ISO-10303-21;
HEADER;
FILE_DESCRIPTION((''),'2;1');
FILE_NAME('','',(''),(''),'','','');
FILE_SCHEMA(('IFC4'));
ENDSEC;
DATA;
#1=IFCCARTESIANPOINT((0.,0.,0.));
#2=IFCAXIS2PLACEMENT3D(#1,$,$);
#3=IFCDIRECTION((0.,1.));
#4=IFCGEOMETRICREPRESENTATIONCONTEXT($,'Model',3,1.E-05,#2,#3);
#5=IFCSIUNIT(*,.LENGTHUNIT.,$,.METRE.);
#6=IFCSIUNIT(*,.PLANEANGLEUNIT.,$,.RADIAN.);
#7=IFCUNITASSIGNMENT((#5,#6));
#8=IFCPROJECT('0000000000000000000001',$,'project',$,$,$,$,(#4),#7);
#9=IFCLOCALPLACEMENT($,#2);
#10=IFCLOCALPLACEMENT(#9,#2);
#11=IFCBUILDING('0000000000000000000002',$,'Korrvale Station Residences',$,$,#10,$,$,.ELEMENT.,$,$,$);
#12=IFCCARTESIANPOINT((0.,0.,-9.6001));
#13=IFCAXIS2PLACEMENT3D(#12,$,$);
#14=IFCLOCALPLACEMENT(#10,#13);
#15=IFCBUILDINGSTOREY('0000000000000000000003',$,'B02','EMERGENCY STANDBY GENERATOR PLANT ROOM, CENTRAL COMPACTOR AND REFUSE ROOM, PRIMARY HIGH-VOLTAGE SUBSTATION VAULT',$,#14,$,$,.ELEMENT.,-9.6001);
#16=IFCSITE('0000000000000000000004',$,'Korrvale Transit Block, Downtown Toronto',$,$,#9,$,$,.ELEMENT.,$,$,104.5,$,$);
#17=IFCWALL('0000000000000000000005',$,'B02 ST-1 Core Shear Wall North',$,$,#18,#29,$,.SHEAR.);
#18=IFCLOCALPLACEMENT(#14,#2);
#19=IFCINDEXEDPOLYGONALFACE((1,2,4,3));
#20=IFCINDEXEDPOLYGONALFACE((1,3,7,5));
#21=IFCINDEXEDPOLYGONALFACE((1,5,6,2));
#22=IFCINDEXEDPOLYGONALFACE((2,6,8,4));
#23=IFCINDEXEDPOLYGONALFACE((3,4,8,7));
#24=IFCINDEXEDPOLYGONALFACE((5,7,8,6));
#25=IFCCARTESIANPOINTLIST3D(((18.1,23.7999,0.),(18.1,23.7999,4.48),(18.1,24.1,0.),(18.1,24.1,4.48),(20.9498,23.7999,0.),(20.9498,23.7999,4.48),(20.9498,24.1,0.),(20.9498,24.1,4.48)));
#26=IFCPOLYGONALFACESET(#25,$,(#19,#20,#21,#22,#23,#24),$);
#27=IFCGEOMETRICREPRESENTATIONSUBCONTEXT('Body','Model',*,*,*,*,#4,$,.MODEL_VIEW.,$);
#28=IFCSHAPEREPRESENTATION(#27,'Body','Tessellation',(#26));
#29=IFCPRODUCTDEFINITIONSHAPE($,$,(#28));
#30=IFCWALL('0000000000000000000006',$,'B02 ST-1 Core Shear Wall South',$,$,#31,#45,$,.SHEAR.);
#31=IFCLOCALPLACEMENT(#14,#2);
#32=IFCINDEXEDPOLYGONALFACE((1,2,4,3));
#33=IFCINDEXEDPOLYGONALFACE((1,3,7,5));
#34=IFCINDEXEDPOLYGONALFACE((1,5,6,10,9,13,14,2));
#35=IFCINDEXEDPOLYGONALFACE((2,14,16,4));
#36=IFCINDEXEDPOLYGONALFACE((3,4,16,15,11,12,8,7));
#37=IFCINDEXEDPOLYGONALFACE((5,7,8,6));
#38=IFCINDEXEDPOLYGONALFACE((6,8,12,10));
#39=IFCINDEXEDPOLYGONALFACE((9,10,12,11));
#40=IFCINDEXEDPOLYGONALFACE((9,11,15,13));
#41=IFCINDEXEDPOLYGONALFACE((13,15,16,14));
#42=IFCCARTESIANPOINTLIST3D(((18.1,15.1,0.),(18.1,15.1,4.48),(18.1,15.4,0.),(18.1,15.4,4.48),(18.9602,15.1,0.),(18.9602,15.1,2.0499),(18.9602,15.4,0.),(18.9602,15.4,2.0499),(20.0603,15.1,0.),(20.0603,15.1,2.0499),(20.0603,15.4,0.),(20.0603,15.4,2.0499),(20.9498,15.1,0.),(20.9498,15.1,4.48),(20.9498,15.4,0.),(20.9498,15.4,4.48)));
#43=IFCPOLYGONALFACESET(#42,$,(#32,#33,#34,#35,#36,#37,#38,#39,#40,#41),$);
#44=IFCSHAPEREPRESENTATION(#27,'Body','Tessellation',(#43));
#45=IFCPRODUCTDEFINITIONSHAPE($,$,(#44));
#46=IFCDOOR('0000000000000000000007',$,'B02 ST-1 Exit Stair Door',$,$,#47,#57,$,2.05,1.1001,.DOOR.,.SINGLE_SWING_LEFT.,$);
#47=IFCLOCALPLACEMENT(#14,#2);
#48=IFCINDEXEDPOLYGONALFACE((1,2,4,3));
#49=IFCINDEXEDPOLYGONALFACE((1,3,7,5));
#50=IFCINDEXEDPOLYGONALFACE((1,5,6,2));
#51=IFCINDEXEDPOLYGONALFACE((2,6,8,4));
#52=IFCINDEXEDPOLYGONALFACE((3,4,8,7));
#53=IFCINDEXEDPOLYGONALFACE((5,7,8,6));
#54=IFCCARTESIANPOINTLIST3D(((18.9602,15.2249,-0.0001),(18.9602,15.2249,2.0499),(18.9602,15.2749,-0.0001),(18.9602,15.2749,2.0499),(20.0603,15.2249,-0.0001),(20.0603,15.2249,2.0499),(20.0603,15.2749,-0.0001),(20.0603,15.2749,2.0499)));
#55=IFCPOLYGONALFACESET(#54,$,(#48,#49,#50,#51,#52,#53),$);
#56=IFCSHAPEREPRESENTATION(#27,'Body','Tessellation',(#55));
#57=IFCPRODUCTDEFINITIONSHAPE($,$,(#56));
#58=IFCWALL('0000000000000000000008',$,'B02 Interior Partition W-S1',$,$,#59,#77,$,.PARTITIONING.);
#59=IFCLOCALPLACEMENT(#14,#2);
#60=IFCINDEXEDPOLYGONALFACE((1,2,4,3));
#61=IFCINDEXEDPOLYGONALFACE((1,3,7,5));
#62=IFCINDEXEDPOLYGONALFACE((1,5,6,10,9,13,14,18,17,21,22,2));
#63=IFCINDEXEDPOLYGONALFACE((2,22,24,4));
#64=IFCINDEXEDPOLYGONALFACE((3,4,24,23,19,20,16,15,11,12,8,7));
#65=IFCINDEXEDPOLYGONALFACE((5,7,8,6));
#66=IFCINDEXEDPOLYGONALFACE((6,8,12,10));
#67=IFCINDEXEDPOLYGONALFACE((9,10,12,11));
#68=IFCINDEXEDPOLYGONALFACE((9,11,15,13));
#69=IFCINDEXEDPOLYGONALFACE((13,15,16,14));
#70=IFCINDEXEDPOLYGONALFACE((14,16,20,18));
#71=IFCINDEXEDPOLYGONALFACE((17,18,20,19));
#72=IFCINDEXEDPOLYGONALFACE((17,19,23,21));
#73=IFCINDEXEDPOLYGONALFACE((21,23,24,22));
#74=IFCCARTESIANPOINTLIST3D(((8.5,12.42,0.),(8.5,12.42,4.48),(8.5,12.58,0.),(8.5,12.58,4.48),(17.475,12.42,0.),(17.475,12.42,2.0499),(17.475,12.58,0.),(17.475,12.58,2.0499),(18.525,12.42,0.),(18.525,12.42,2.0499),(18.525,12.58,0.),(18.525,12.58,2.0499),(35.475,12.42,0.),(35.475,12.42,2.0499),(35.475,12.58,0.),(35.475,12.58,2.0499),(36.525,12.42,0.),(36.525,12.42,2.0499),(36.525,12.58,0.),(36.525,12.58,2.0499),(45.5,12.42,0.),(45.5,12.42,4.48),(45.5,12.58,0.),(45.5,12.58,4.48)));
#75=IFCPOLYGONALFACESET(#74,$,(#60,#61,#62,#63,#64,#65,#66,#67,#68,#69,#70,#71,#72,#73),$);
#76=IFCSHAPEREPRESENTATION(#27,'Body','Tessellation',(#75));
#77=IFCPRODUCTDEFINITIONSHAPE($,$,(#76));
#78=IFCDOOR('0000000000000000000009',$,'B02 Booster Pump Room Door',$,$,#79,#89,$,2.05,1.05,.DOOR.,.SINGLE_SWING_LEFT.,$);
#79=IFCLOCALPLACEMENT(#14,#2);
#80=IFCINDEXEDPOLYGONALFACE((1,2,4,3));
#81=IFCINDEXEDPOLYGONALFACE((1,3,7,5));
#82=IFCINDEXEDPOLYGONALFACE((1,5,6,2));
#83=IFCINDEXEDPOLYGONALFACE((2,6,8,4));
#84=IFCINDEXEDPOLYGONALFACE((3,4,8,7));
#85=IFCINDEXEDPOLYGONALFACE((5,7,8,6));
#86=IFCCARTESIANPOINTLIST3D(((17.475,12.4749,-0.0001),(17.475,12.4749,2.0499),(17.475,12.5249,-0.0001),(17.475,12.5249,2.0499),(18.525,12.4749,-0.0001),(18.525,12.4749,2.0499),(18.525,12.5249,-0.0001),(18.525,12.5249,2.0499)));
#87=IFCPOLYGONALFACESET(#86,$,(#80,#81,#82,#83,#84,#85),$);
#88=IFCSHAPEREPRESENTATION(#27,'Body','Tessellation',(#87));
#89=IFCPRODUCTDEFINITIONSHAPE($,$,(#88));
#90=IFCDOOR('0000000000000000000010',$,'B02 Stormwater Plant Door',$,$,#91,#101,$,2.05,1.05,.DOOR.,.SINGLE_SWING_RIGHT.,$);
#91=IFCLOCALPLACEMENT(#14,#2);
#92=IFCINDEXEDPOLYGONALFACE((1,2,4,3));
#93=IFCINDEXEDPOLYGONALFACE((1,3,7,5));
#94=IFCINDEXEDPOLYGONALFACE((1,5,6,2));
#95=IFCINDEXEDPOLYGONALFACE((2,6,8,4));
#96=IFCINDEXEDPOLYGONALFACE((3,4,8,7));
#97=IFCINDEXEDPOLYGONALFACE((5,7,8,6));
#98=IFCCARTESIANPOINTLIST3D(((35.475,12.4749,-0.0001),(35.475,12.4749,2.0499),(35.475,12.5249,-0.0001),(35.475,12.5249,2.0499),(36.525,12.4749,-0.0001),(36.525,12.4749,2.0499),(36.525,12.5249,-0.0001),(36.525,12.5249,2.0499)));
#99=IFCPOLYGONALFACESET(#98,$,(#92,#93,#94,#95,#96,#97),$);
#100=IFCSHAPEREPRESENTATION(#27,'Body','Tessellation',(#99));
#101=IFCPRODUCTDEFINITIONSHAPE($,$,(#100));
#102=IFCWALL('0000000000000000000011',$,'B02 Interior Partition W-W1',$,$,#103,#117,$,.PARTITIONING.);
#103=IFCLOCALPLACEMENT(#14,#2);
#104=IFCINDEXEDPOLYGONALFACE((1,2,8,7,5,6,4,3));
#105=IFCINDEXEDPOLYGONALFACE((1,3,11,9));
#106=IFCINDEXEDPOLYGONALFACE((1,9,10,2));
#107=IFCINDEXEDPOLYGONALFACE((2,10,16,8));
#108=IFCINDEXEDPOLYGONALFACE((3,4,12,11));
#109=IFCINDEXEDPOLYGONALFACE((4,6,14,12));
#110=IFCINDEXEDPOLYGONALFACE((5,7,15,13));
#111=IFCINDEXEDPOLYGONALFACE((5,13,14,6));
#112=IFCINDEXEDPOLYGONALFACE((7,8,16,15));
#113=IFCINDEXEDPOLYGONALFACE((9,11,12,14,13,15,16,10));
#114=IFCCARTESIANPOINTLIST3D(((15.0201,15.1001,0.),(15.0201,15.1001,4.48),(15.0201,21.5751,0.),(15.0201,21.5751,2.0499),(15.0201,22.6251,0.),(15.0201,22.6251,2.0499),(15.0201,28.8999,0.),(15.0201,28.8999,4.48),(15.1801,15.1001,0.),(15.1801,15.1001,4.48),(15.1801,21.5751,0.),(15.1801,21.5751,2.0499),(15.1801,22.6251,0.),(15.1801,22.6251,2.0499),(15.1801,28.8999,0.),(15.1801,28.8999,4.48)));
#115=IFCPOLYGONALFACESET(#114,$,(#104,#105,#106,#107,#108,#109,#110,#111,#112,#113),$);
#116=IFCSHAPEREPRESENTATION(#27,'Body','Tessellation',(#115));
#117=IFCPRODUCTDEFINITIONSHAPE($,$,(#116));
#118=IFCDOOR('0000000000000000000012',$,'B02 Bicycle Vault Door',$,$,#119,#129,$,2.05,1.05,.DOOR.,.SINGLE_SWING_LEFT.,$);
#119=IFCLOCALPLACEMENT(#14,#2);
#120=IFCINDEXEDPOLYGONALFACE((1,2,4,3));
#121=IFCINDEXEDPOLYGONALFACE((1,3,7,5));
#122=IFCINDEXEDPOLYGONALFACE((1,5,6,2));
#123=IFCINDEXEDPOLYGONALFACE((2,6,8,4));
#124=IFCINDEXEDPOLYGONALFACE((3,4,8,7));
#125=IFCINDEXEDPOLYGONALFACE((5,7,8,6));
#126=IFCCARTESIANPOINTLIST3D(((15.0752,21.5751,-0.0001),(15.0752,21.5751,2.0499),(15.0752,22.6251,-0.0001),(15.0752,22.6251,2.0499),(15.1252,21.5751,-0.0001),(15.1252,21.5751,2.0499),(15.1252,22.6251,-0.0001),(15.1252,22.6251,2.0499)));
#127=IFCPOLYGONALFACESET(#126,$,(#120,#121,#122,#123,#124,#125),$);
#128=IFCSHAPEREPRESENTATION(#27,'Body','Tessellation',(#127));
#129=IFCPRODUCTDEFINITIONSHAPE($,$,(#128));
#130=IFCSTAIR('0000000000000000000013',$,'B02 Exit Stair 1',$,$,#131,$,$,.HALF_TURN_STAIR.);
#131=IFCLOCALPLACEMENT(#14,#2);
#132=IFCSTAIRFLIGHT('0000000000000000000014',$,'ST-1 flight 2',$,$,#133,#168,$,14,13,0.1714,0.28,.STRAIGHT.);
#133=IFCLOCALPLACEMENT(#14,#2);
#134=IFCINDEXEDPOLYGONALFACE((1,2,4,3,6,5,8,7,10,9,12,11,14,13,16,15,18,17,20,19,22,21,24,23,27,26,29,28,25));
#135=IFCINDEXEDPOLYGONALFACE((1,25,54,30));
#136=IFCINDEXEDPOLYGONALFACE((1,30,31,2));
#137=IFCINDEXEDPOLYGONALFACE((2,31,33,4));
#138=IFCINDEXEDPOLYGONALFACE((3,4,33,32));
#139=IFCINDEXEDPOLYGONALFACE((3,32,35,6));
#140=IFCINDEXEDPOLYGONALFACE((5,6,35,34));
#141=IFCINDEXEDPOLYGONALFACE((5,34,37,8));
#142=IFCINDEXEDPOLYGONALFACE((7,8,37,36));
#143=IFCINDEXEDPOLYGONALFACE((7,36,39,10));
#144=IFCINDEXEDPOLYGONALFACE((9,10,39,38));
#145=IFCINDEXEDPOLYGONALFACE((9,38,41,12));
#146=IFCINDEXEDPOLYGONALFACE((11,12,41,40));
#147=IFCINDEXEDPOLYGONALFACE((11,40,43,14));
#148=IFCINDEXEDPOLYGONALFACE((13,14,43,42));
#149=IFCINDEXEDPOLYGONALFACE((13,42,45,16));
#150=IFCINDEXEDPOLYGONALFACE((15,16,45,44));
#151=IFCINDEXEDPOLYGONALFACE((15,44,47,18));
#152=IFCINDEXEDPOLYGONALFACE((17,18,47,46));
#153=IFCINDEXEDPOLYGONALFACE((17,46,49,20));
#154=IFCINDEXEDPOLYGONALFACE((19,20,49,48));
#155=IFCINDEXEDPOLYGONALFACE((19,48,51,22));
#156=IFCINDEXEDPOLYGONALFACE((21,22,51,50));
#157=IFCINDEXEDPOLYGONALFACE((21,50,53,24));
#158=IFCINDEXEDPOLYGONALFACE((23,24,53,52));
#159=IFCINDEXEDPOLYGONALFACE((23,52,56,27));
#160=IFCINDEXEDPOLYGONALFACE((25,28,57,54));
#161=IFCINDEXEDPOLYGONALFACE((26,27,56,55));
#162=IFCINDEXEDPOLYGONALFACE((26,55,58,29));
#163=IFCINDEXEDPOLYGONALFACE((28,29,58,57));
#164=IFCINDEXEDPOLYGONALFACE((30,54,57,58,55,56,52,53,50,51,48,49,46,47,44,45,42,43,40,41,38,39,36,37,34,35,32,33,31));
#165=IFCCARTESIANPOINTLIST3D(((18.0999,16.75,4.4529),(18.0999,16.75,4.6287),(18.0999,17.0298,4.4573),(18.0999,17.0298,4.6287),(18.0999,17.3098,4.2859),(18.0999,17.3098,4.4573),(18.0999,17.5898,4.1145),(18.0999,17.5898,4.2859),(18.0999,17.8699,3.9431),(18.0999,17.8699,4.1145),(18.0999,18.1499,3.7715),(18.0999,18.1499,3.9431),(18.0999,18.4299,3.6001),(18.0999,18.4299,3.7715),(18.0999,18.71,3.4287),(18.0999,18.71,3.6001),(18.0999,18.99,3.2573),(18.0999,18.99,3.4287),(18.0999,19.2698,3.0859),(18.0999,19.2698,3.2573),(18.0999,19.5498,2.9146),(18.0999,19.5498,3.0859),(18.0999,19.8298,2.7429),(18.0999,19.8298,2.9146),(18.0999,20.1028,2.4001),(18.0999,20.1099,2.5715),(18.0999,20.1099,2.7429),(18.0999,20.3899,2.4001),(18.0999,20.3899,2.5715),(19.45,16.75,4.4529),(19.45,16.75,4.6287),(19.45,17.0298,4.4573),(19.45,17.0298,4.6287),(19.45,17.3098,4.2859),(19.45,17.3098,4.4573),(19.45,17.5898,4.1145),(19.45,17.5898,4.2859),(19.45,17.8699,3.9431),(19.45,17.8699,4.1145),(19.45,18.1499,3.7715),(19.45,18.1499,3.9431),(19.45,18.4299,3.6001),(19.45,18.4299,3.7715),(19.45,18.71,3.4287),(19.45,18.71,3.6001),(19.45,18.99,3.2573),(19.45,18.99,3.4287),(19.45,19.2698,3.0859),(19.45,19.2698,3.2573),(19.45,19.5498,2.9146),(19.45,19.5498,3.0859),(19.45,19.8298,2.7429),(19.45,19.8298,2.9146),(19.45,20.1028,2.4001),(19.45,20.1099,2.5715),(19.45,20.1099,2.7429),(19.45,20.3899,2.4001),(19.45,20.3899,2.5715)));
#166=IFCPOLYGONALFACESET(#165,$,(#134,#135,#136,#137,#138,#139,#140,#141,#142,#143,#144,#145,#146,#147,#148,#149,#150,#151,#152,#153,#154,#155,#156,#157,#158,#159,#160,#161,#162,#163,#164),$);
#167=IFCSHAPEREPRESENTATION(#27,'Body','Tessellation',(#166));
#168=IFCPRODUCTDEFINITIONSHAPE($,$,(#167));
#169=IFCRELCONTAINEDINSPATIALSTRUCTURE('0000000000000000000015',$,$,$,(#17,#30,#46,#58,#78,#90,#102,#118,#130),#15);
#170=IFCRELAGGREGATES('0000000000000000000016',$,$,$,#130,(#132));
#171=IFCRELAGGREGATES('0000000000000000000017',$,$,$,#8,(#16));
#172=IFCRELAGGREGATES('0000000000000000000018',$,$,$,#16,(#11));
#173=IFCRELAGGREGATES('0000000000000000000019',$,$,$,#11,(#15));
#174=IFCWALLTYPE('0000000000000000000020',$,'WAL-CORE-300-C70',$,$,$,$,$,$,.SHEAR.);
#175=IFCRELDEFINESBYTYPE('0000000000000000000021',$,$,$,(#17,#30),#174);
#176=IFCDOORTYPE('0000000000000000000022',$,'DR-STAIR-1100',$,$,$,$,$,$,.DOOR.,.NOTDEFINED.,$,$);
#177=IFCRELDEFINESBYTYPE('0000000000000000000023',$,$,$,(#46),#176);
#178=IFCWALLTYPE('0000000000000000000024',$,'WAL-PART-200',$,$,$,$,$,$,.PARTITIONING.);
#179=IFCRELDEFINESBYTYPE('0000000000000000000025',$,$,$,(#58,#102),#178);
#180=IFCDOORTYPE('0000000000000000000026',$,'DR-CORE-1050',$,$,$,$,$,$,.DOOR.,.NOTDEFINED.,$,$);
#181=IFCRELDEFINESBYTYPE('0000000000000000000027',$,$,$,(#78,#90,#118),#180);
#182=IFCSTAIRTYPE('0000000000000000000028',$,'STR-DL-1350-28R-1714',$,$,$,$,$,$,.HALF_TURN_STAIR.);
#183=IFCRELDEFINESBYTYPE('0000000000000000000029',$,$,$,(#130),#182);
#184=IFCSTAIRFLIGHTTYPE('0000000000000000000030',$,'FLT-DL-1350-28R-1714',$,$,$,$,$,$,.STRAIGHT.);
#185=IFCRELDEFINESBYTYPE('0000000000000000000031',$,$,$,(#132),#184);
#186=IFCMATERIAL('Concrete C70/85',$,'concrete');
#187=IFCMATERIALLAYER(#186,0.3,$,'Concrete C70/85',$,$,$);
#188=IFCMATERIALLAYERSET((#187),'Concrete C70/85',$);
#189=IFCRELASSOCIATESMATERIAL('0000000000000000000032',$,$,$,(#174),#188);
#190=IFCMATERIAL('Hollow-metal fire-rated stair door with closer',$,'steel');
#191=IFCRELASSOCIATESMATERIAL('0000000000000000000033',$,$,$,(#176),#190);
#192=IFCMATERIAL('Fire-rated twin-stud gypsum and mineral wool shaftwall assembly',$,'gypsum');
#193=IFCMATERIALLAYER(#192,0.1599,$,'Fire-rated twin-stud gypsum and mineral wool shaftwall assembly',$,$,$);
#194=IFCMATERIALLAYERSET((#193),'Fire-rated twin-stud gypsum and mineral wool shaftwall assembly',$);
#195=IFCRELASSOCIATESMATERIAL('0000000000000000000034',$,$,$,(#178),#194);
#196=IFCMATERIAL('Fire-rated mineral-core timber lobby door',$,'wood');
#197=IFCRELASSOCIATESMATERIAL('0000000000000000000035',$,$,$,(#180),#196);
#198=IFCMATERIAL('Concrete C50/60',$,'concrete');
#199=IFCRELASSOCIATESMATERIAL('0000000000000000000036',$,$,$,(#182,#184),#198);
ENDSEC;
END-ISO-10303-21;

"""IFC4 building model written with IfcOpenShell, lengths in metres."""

from ifc_helpers import new_model, si_unit, direction, frame, frame_2d, origin, place, context, subcontext, project, spatial, polyline, rectangle, outline, extrude, material, layer, layer_set, type_object, element, fill, aggregate, save


model = new_model("IFC4")

# Units and contexts
model_context = context("Model", 3, precision=1e-05, world=origin(), true_north=direction((0.0, 1.0)))
body_context = subcontext(model_context, "Body", "Model", "MODEL_VIEW")
ifc_project = project(units=[si_unit("LENGTHUNIT", "METRE"), si_unit("PLANEANGLEUNIT", "RADIAN")], contexts=[model_context])

# Site, building, storey
site_placement = place(None, origin())
site = spatial("IfcSite", under=ifc_project, at=site_placement, Name="Korrvale Transit Block, Downtown Toronto", CompositionType="ELEMENT", RefElevation=104.5)
building_placement = place(site_placement, origin())
building = spatial("IfcBuilding", under=site, at=building_placement, Name="Korrvale Station Residences", CompositionType="ELEMENT")
storey_placement = place(building_placement, frame((0.0, 0.0, -9.6001)))
storey = spatial("IfcBuildingStorey", under=building, at=storey_placement, Name="B02", Description="EMERGENCY STANDBY GENERATOR PLANT ROOM, CENTRAL COMPACTOR AND REFUSE ROOM, PRIMARY HIGH-VOLTAGE SUBSTATION VAULT", CompositionType="ELEMENT", Elevation=-9.6001)

# Shared definitions
ifc_material_1 = material(Name="Concrete C50/60", Category="concrete")

# Shared definitions
ifc_material_2 = material(Name="Concrete C70/85", Category="concrete")

# Wall
ifc_layer_1 = layer(ifc_material_2, 0.3, Name="Concrete C70/85")
ifc_layer_set_1 = layer_set([ifc_layer_1], Name="Concrete C70/85")
wall_type_1 = type_object("IfcWallType", Name="WAL-CORE-300-C70", PredefinedType="SHEAR", material=ifc_layer_set_1)
wall_1_placement = place(storey_placement, frame((18.1001, 23.95, 0.0), z_axis=(0.0, 0.0, 1.0), x_axis=(1.0, 0.0, 0.0)))
element("IfcWall", 1, at=wall_1_placement, inside=storey, type_object=wall_type_1, Name="B02 ST-1 Core Shear Wall North", PredefinedType="SHEAR", context=body_context, shape_type="SweptSolid", body=[
    extrude(rectangle(XDim=2.8499, YDim=0.3, at=frame_2d((1.4248, 0.0))), origin(), (0.0, 0.0, 1.0), 4.48),
])

# Wall, opening, door
wall_2_placement = place(storey_placement, frame((18.1001, 15.25, 0.0), z_axis=(0.0, 0.0, 1.0), x_axis=(1.0, 0.0, 0.0)))
wall_2 = element("IfcWall", 2, at=wall_2_placement, inside=storey, type_object=wall_type_1, Name="B02 ST-1 Core Shear Wall South", PredefinedType="SHEAR", context=body_context, shape_type="SweptSolid", body=[
    extrude(rectangle(XDim=2.8499, YDim=0.3, at=frame_2d((1.4248, 0.0))), origin(), (0.0, 0.0, 1.0), 4.48),
])
opening_1_placement = place(wall_2_placement, frame((0.8601, 0.0, 0.0)))
opening_1 = element("IfcOpeningElement", 3, at=opening_1_placement, cuts=wall_2, PredefinedType="OPENING", context=body_context, shape_type="SweptSolid", body=[
    extrude(rectangle(XDim=1.1001, YDim=2.05, at=frame_2d((0.55, 1.0249))), frame((0.0, 0.1602, 0.0), z_axis=(0.0, -1.0, 0.0), x_axis=(1.0, 0.0, 0.0)), (0.0, 0.0, 1.0), 0.3201),
])
ifc_material_3 = material(Name="Hollow-metal fire-rated stair door with closer", Category="steel")
door_type_1 = type_object("IfcDoorType", Name="DR-STAIR-1100", OperationType="NOTDEFINED", PredefinedType="DOOR", material=ifc_material_3)
door_1_placement = place(opening_1_placement, origin())
door_1 = element("IfcDoor", 4, at=door_1_placement, inside=storey, type_object=door_type_1, Name="B02 ST-1 Exit Stair Door", OperationType="SINGLE_SWING_LEFT", OverallHeight=2.05, OverallWidth=1.1001, PredefinedType="DOOR", context=body_context, shape_type="SweptSolid", body=[
    extrude(rectangle(XDim=1.1001, YDim=2.05, at=frame_2d((0.55, 1.0249))), frame((0.0, 0.0249, 0.0), z_axis=(0.0, -1.0, 0.0), x_axis=(1.0, 0.0, 0.0)), (0.0, 0.0, 1.0), 0.05),
])
fill(opening_1, door_1)

# Wall, openings, doors
ifc_material_4 = material(Name="Fire-rated twin-stud gypsum and mineral wool shaftwall assembly", Category="gypsum")
ifc_layer_2 = layer(ifc_material_4, 0.1599, Name="Fire-rated twin-stud gypsum and mineral wool shaftwall assembly")
ifc_layer_set_2 = layer_set([ifc_layer_2], Name="Fire-rated twin-stud gypsum and mineral wool shaftwall assembly")
wall_type_2 = type_object("IfcWallType", Name="WAL-PART-200", PredefinedType="PARTITIONING", material=ifc_layer_set_2)
wall_3_placement = place(storey_placement, frame((8.5, 12.5, 0.0), z_axis=(0.0, 0.0, 1.0), x_axis=(1.0, 0.0, 0.0)))
wall_3 = element("IfcWall", 5, at=wall_3_placement, inside=storey, type_object=wall_type_2, Name="B02 Interior Partition W-S1", PredefinedType="PARTITIONING", context=body_context, shape_type="SweptSolid", body=[
    extrude(rectangle(XDim=37.0, YDim=0.1599, at=frame_2d((18.5, 0.0))), origin(), (0.0, 0.0, 1.0), 4.48),
])
opening_2_placement = place(wall_3_placement, frame((8.9751, 0.0, 0.0)))
opening_2 = element("IfcOpeningElement", 6, at=opening_2_placement, cuts=wall_3, PredefinedType="OPENING", context=body_context, shape_type="SweptSolid", body=[
    extrude(rectangle(XDim=1.05, YDim=2.05, at=frame_2d((0.5249, 1.0249))), frame((0.0, 0.0898, 0.0), z_axis=(0.0, -1.0, 0.0), x_axis=(1.0, 0.0, 0.0)), (0.0, 0.0, 1.0), 0.1799),
])
opening_3_placement = place(wall_3_placement, frame((26.9751, 0.0, 0.0)))
opening_3 = element("IfcOpeningElement", 7, at=opening_3_placement, cuts=wall_3, PredefinedType="OPENING", context=body_context, shape_type="SweptSolid", body=[
    extrude(rectangle(XDim=1.05, YDim=2.05, at=frame_2d((0.5249, 1.0249))), frame((0.0, 0.0898, 0.0), z_axis=(0.0, -1.0, 0.0), x_axis=(1.0, 0.0, 0.0)), (0.0, 0.0, 1.0), 0.1799),
])
ifc_material_5 = material(Name="Fire-rated mineral-core timber lobby door", Category="wood")
door_type_2 = type_object("IfcDoorType", Name="DR-CORE-1050", OperationType="NOTDEFINED", PredefinedType="DOOR", material=ifc_material_5)
door_2_placement = place(opening_2_placement, origin())
door_2 = element("IfcDoor", 8, at=door_2_placement, inside=storey, type_object=door_type_2, Name="B02 Booster Pump Room Door", OperationType="SINGLE_SWING_LEFT", OverallHeight=2.05, OverallWidth=1.05, PredefinedType="DOOR", context=body_context, shape_type="SweptSolid", body=[
    extrude(rectangle(XDim=1.05, YDim=2.05, at=frame_2d((0.5249, 1.0249))), frame((0.0, 0.0249, 0.0), z_axis=(0.0, -1.0, 0.0), x_axis=(1.0, 0.0, 0.0)), (0.0, 0.0, 1.0), 0.05),
])
fill(opening_2, door_2)
door_3_placement = place(opening_3_placement, origin())
door_3 = element("IfcDoor", 9, at=door_3_placement, inside=storey, type_object=door_type_2, Name="B02 Stormwater Plant Door", OperationType="SINGLE_SWING_RIGHT", OverallHeight=2.05, OverallWidth=1.05, PredefinedType="DOOR", context=body_context, shape_type="SweptSolid", body=[
    extrude(rectangle(XDim=1.05, YDim=2.05, at=frame_2d((0.5249, 1.0249))), frame((0.0, 0.0249, 0.0), z_axis=(0.0, -1.0, 0.0), x_axis=(1.0, 0.0, 0.0)), (0.0, 0.0, 1.0), 0.05),
])
fill(opening_3, door_3)

# Wall, opening, door
wall_4_placement = place(storey_placement, frame((15.1001, 15.1001, 0.0), z_axis=(0.0, 0.0, 1.0), x_axis=(0.0, 1.0, 0.0)))
wall_4 = element("IfcWall", 10, at=wall_4_placement, inside=storey, type_object=wall_type_2, Name="B02 Interior Partition W-W1", PredefinedType="PARTITIONING", context=body_context, shape_type="SweptSolid", body=[
    extrude(rectangle(XDim=13.7998, YDim=0.1599, at=frame_2d((6.8999, 0.0))), origin(), (0.0, 0.0, 1.0), 4.48),
])
opening_4_placement = place(wall_4_placement, frame((6.4751, 0.0, 0.0)))
opening_4 = element("IfcOpeningElement", 11, at=opening_4_placement, cuts=wall_4, PredefinedType="OPENING", context=body_context, shape_type="SweptSolid", body=[
    extrude(rectangle(XDim=1.05, YDim=2.05, at=frame_2d((0.5249, 1.0249))), frame((0.0, 0.0898, 0.0), z_axis=(0.0, -1.0, 0.0), x_axis=(1.0, 0.0, 0.0)), (0.0, 0.0, 1.0), 0.1799),
])
door_4_placement = place(opening_4_placement, origin())
door_4 = element("IfcDoor", 12, at=door_4_placement, inside=storey, type_object=door_type_2, Name="B02 Bicycle Vault Door", OperationType="SINGLE_SWING_LEFT", OverallHeight=2.05, OverallWidth=1.05, PredefinedType="DOOR", context=body_context, shape_type="SweptSolid", body=[
    extrude(rectangle(XDim=1.05, YDim=2.05, at=frame_2d((0.5249, 1.0249))), frame((0.0, 0.0249, 0.0), z_axis=(0.0, -1.0, 0.0), x_axis=(1.0, 0.0, 0.0)), (0.0, 0.0, 1.0), 0.05),
])
fill(opening_4, door_4)

# Stair, stair flight
stair_type = type_object("IfcStairType", Name="STR-DL-1350-28R-1714", PredefinedType="HALF_TURN_STAIR", material=ifc_material_1)
stair_placement = place(storey_placement, origin())
stair = element("IfcStair", 13, at=stair_placement, inside=storey, type_object=stair_type, Name="B02 Exit Stair 1", PredefinedType="HALF_TURN_STAIR")
stair_flight_type = type_object("IfcStairFlightType", Name="FLT-DL-1350-28R-1714", PredefinedType="STRAIGHT", material=ifc_material_1)
stair_flight_placement = place(storey_placement, frame((18.7749, 20.3899, 2.4001), z_axis=(0.0, 0.0, 1.0), x_axis=(0.0, -1.0, 0.0)))
stair_flight = element("IfcStairFlight", 14, at=stair_flight_placement, type_object=stair_flight_type, Name="ST-1 flight 2", NumberOfRisers=14, NumberOfTreads=13, PredefinedType="STRAIGHT", RiserHeight=0.1714, TreadLength=0.28, context=body_context, shape_type="SweptSolid", body=[
    extrude(outline(polyline([(0.0, 0.0), (0.0, 0.1714), (0.28, 0.1714), (0.28, 0.3428), (0.5601, 0.3428), (0.5601, 0.5144), (0.8401, 0.5144), (0.8401, 0.6858), (1.1201, 0.6858), (1.1201, 0.8572), (1.3999, 0.8572), (1.3999, 1.0286), (1.6799, 1.0286), (1.6799, 1.2), (1.96, 1.2), (1.96, 1.3713), (2.24, 1.3713), (2.24, 1.543), (2.52, 1.543), (2.52, 1.7144), (2.8, 1.7144), (2.8, 1.8857), (3.0801, 1.8857), (3.0801, 2.0571), (3.3601, 2.0571), (3.3601, 2.2285), (3.6399, 2.2285), (3.6399, 2.3999), (3.6399, 2.0527), (0.2871, 0.0), (0.0, 0.0)])), frame((0.0, 0.675, 0.0), z_axis=(0.0, -1.0, 0.0), x_axis=(1.0, 0.0, 0.0)), (0.0, 0.0, 1.0), 1.3501),
])
aggregate(stair, [stair_flight])

save(model, "model.ifc")
